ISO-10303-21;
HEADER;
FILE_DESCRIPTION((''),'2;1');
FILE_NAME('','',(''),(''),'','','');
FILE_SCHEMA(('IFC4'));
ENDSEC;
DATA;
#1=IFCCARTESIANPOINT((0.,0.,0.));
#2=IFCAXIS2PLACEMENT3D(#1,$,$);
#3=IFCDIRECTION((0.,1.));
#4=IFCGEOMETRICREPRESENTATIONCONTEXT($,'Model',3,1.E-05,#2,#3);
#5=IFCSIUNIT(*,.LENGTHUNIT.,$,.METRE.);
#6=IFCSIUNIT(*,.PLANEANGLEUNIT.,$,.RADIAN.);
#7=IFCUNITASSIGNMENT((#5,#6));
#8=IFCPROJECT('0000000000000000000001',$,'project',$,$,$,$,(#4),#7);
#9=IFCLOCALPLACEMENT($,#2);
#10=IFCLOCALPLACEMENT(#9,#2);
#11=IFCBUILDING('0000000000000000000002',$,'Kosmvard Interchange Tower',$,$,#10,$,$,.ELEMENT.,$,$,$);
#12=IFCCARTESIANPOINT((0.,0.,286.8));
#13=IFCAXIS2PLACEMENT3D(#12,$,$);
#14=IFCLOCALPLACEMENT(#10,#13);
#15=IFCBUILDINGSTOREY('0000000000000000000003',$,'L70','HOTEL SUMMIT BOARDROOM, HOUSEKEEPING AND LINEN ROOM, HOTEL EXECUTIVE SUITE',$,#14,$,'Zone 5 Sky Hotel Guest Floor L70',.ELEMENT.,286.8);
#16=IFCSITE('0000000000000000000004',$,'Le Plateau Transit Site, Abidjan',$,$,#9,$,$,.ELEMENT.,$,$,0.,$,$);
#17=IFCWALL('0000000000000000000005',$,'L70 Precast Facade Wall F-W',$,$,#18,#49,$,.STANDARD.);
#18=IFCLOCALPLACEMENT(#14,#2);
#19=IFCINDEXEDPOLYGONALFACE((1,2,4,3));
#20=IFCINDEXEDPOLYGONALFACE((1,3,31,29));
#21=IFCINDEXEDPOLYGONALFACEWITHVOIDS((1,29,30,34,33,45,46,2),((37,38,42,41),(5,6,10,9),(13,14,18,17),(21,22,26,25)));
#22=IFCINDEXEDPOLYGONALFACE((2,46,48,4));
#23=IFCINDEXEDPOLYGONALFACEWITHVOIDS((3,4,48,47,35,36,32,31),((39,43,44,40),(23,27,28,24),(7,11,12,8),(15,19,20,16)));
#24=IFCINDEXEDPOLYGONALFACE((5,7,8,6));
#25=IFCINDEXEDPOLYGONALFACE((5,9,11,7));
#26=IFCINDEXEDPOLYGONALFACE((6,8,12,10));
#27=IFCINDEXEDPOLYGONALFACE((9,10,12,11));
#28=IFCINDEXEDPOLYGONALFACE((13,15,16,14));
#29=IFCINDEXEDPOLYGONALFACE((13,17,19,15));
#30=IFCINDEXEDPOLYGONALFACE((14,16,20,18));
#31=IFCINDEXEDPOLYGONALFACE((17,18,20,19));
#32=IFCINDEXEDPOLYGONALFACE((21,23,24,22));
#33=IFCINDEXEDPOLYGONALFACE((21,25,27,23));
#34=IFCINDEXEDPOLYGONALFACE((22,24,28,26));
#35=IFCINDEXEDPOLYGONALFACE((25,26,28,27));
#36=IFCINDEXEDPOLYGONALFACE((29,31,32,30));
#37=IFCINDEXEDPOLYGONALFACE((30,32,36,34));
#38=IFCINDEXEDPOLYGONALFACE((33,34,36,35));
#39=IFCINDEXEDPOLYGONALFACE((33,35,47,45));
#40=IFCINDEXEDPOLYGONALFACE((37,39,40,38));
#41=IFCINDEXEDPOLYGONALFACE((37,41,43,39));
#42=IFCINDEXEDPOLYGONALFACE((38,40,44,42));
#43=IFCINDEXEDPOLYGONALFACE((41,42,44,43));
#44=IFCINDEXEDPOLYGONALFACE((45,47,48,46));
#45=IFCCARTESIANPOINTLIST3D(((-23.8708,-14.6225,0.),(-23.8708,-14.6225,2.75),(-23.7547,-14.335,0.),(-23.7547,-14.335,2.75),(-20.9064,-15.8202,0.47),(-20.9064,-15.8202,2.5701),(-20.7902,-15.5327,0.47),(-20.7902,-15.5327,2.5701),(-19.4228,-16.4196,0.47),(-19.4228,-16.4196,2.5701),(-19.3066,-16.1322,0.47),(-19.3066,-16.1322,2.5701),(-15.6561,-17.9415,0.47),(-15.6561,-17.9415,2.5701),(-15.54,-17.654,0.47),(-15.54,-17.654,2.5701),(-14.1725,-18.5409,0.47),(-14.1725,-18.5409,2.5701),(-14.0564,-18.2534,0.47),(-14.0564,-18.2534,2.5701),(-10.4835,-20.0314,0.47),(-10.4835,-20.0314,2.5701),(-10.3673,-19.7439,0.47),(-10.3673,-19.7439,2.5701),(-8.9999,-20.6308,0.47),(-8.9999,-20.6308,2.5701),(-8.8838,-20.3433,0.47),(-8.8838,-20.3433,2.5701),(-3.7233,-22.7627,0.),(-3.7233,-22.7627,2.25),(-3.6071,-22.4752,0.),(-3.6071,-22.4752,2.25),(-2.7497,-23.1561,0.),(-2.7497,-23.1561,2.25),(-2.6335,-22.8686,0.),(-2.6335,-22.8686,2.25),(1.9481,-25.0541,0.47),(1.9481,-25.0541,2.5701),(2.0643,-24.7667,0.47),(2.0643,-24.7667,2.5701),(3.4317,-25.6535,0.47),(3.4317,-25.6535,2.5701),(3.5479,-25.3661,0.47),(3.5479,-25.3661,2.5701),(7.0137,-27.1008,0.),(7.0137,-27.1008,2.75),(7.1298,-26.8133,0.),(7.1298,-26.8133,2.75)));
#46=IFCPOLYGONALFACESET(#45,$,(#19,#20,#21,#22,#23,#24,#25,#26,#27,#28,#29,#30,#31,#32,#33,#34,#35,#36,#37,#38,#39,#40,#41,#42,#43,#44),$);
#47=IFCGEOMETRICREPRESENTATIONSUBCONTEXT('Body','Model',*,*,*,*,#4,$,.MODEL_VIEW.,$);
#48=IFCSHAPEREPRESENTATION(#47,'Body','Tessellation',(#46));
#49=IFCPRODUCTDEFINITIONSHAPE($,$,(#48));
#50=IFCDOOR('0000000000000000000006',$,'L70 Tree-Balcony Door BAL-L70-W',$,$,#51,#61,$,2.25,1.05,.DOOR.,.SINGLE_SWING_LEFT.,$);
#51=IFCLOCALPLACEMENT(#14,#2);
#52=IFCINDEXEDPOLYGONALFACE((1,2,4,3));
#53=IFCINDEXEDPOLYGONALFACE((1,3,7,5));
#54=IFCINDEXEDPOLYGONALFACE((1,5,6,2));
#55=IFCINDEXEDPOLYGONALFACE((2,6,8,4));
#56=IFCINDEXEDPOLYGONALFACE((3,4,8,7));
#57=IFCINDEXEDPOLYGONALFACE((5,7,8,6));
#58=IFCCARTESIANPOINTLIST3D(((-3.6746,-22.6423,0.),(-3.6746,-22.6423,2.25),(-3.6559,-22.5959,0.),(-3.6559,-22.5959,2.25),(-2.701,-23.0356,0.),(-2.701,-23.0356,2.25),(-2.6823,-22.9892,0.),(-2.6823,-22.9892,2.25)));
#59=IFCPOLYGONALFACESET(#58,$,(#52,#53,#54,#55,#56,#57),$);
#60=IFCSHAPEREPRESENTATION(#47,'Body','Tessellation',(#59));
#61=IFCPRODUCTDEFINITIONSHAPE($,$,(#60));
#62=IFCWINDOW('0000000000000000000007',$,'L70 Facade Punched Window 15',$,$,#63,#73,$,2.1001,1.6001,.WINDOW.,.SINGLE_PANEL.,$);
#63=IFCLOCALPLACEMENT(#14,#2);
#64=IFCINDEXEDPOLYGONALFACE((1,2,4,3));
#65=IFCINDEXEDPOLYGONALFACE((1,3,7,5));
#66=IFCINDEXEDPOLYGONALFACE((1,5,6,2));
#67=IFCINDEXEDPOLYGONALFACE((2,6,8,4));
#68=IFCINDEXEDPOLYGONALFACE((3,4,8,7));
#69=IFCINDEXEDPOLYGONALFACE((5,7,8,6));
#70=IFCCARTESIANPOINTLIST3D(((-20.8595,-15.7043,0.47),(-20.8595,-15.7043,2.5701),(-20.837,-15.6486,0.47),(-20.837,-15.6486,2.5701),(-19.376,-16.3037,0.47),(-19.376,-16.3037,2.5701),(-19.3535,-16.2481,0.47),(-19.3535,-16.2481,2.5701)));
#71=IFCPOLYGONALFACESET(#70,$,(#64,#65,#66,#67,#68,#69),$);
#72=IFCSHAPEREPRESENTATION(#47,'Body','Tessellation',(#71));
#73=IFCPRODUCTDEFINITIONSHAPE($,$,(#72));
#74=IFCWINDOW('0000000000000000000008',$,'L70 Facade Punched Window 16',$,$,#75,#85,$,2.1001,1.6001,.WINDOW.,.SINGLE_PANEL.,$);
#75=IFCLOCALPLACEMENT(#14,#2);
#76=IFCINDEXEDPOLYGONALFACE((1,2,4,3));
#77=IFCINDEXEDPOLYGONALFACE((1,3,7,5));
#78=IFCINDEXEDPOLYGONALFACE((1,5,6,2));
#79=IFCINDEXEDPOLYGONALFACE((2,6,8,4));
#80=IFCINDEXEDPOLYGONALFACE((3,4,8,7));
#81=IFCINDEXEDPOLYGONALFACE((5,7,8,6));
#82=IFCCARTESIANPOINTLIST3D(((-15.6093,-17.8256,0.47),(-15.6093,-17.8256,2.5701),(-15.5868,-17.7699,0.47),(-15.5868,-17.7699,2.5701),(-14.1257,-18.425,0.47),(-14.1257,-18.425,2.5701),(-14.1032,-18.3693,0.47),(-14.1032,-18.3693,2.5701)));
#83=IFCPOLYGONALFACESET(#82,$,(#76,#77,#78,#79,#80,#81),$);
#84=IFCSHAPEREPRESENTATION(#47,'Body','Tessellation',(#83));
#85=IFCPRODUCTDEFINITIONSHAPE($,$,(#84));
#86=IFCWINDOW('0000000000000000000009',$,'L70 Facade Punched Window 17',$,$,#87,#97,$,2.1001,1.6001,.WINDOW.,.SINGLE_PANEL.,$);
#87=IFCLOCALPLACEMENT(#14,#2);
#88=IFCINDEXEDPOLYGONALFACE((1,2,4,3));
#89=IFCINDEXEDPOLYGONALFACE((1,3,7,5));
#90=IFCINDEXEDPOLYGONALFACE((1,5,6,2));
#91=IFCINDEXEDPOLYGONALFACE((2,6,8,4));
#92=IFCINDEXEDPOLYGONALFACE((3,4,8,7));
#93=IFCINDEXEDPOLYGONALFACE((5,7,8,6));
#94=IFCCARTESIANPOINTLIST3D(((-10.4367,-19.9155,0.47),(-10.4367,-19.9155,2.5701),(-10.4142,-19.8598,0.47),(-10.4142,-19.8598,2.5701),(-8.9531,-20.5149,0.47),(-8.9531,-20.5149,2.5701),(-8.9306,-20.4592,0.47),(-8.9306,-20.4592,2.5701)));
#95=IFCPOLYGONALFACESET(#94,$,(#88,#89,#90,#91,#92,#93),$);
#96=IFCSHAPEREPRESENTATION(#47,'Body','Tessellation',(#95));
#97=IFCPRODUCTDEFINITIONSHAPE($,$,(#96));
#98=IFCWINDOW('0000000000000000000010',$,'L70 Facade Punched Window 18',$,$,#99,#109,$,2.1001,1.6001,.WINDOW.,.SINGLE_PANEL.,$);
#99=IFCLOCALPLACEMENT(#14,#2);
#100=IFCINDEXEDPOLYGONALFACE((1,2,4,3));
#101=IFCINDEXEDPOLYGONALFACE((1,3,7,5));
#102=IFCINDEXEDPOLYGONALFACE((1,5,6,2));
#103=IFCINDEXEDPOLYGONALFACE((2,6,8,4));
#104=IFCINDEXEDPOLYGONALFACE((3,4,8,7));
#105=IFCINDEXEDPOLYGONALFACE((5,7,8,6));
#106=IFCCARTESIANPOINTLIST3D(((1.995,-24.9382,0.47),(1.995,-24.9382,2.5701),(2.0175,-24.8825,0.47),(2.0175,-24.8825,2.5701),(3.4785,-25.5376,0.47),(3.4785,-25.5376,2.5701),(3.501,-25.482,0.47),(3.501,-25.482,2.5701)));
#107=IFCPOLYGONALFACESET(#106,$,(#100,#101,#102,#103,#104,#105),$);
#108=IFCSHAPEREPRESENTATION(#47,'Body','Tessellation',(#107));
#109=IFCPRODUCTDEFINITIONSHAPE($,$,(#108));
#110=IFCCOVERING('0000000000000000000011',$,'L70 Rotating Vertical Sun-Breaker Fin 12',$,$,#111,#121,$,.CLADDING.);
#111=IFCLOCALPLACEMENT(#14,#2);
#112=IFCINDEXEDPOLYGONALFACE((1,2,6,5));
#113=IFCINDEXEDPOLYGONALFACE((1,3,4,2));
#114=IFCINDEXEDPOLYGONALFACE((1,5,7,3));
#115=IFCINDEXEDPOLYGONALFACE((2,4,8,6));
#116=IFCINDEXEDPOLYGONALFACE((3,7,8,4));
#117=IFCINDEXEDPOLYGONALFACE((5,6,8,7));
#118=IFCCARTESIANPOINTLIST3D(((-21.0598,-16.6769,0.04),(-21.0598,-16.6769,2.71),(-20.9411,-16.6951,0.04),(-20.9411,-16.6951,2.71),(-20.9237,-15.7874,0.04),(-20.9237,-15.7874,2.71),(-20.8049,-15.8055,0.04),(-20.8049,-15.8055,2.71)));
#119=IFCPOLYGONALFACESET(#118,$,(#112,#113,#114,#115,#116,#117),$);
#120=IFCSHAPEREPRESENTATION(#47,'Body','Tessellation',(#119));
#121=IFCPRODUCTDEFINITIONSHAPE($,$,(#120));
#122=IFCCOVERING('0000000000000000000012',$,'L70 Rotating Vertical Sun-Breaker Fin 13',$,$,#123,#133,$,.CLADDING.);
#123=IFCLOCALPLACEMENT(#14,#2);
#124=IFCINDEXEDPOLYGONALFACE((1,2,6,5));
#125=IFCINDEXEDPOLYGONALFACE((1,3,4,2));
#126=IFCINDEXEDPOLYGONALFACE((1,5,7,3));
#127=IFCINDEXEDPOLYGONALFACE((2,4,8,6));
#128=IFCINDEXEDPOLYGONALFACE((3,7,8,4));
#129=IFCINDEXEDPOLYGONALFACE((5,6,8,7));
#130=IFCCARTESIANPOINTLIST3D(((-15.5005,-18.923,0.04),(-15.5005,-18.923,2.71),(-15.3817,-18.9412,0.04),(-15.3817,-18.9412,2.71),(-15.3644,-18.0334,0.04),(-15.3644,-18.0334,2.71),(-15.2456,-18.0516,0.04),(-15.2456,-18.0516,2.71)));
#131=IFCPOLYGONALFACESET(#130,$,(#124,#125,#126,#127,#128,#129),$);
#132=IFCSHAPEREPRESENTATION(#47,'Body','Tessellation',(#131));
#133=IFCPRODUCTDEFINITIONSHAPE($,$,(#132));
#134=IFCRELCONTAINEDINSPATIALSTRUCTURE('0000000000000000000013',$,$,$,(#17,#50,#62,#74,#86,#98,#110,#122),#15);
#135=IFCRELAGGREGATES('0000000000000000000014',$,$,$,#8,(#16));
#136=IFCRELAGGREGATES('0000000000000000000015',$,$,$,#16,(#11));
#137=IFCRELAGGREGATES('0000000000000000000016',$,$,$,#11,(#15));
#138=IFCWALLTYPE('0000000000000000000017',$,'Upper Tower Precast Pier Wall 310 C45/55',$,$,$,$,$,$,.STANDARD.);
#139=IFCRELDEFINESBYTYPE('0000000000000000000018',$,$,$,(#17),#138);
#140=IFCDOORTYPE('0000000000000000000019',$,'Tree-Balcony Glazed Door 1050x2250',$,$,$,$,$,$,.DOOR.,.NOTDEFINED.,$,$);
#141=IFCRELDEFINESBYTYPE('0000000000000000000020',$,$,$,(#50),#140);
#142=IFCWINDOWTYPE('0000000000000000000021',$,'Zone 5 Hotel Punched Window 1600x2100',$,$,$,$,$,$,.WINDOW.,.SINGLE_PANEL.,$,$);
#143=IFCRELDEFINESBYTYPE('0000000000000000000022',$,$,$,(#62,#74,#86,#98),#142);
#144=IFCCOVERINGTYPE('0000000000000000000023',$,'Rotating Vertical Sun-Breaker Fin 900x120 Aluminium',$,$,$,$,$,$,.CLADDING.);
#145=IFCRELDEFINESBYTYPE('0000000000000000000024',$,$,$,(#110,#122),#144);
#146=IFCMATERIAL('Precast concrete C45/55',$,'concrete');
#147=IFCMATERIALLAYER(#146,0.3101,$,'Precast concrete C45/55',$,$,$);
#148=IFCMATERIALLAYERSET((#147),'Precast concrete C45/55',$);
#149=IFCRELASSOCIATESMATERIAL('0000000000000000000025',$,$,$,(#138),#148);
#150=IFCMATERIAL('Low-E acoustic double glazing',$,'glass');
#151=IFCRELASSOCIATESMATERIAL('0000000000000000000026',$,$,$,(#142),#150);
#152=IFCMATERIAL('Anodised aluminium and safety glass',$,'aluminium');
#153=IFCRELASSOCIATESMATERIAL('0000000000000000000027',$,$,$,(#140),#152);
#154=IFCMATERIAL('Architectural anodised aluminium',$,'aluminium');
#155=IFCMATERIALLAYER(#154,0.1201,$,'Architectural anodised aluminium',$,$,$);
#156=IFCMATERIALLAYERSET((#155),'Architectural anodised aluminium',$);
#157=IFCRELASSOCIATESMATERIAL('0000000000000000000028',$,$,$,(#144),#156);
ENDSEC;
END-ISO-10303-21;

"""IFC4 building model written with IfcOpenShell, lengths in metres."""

from ifc_helpers import new_model, si_unit, direction, frame, frame_2d, origin, origin_2d, place, context, subcontext, project, spatial, rectangle, extrude, source, transform, mapped, material, layer, layer_set, type_object, element, fill, save


model = new_model("IFC4")

# Units and contexts
model_context = context("Model", 3, precision=1e-05, world=origin(), true_north=direction((0.0, 1.0)))
body_context = subcontext(model_context, "Body", "Model", "MODEL_VIEW")
ifc_project = project(units=[si_unit("LENGTHUNIT", "METRE"), si_unit("PLANEANGLEUNIT", "RADIAN")], contexts=[model_context])

# Site, building, storey
site_placement = place(None, origin())
site = spatial("IfcSite", under=ifc_project, at=site_placement, Name="Le Plateau Transit Site, Abidjan", CompositionType="ELEMENT", RefElevation=0.0)
building_placement = place(site_placement, origin())
building = spatial("IfcBuilding", under=site, at=building_placement, Name="Kosmvard Interchange Tower", CompositionType="ELEMENT")
storey_placement = place(building_placement, frame((0.0, 0.0, 286.8)))
storey = spatial("IfcBuildingStorey", under=building, at=storey_placement, Name="L70", Description="HOTEL SUMMIT BOARDROOM, HOUSEKEEPING AND LINEN ROOM, HOTEL EXECUTIVE SUITE", LongName="Zone 5 Sky Hotel Guest Floor L70", CompositionType="ELEMENT", Elevation=286.8)

# Shared definitions
ifc_material_1 = material(Name="Precast concrete C45/55", Category="concrete")
ifc_layer_1 = layer(ifc_material_1, 0.3101, Name="Precast concrete C45/55")
ifc_layer_set_1 = layer_set([ifc_layer_1], Name="Precast concrete C45/55")
wall_type = type_object("IfcWallType", Name="Upper Tower Precast Pier Wall 310 C45/55", PredefinedType="STANDARD", material=ifc_layer_set_1)
ifc_material_2 = material(Name="Low-E acoustic double glazing", Category="glass")
window_type = type_object("IfcWindowType", Name="Zone 5 Hotel Punched Window 1600x2100", PartitioningType="SINGLE_PANEL", PredefinedType="WINDOW", material=ifc_material_2)
shared_shape_1 = source(origin(), body_context, "Body", "SweptSolid", [
    extrude(rectangle(XDim=1.6001, YDim=2.1001, at=frame_2d((0.8, 1.05))), frame((0.0, 0.03, 0.0), z_axis=(0.0, -1.0, 0.0), x_axis=(1.0, 0.0, 0.0)), (0.0, 0.0, 1.0), 0.0601),
])

# Wall, openings, door, windows
wall_1_placement = place(storey_placement, frame((-23.8127, -14.4788, 0.0), z_axis=(0.0, 0.0, 1.0), x_axis=(0.927183, -0.37461, 0.0)))
wall_1 = element("IfcWall", 1, at=wall_1_placement, inside=storey, type_object=wall_type, Name="L70 Precast Facade Wall F-W", PredefinedType="STANDARD", context=body_context, shape_type="SweptSolid", body=[
    extrude(rectangle(XDim=33.3101, YDim=0.3101, at=frame_2d((16.655, 0.0))), origin(), (0.0, 0.0, 1.0), 2.75),
])
opening_1_placement = place(wall_1_placement, frame((21.73, 0.0, 0.0)))
opening_1 = element("IfcOpeningElement", 2, at=opening_1_placement, cuts=wall_1, PredefinedType="OPENING", context=body_context, shape_type="SweptSolid", body=[
    extrude(rectangle(XDim=1.05, YDim=2.25, at=frame_2d((0.5249, 1.125))), frame((0.0, 0.165, 0.0), z_axis=(0.0, -1.0, 0.0), x_axis=(1.0, 0.0, 0.0)), (0.0, 0.0, 1.0), 0.3301),
])
opening_2_placement = place(wall_1_placement, frame((3.1973, 0.0, 0.47)))
opening_2 = element("IfcOpeningElement", 3, at=opening_2_placement, cuts=wall_1, PredefinedType="OPENING", context=body_context, shape_type="SweptSolid", body=[
    extrude(rectangle(XDim=1.6001, YDim=2.1001, at=frame_2d((0.8, 1.05))), frame((0.0, 0.165, 0.0), z_axis=(0.0, -1.0, 0.0), x_axis=(1.0, 0.0, 0.0)), (0.0, 0.0, 1.0), 0.3301),
])
opening_3_placement = place(wall_1_placement, frame((8.8599, 0.0, 0.47)))
opening_3 = element("IfcOpeningElement", 4, at=opening_3_placement, cuts=wall_1, PredefinedType="OPENING", context=body_context, shape_type="SweptSolid", body=[
    extrude(rectangle(XDim=1.6001, YDim=2.1001, at=frame_2d((0.8, 1.05))), frame((0.0, 0.165, 0.0), z_axis=(0.0, -1.0, 0.0), x_axis=(1.0, 0.0, 0.0)), (0.0, 0.0, 1.0), 0.3301),
])
opening_4_placement = place(wall_1_placement, frame((14.4387, 0.0, 0.47)))
opening_4 = element("IfcOpeningElement", 5, at=opening_4_placement, cuts=wall_1, PredefinedType="OPENING", context=body_context, shape_type="SweptSolid", body=[
    extrude(rectangle(XDim=1.6001, YDim=2.1001, at=frame_2d((0.8, 1.05))), frame((0.0, 0.165, 0.0), z_axis=(0.0, -1.0, 0.0), x_axis=(1.0, 0.0, 0.0)), (0.0, 0.0, 1.0), 0.3301),
])
opening_5_placement = place(wall_1_placement, frame((27.8467, 0.0, 0.47)))
opening_5 = element("IfcOpeningElement", 6, at=opening_5_placement, cuts=wall_1, PredefinedType="OPENING", context=body_context, shape_type="SweptSolid", body=[
    extrude(rectangle(XDim=1.6001, YDim=2.1001, at=frame_2d((0.8, 1.05))), frame((0.0, 0.165, 0.0), z_axis=(0.0, -1.0, 0.0), x_axis=(1.0, 0.0, 0.0)), (0.0, 0.0, 1.0), 0.3301),
])
ifc_material_3 = material(Name="Anodised aluminium and safety glass", Category="aluminium")
door_type = type_object("IfcDoorType", Name="Tree-Balcony Glazed Door 1050x2250", OperationType="NOTDEFINED", PredefinedType="DOOR", material=ifc_material_3)
shared_shape_2 = source(origin(), body_context, "Body", "SweptSolid", [
    extrude(rectangle(XDim=1.05, YDim=2.25, at=frame_2d((0.5249, 1.125))), frame((0.0, 0.0249, 0.0), z_axis=(0.0, -1.0, 0.0), x_axis=(1.0, 0.0, 0.0)), (0.0, 0.0, 1.0), 0.05),
])
door_placement = place(opening_1_placement, origin())
door = element("IfcDoor", 7, at=door_placement, inside=storey, type_object=door_type, Name="L70 Tree-Balcony Door BAL-L70-W", OperationType="SINGLE_SWING_LEFT", OverallHeight=2.25, OverallWidth=1.05, PredefinedType="DOOR", context=body_context, shape_type="MappedRepresentation", body=[
    mapped(shared_shape_2, transform((0.0, 0.0, 0.0), scale=1.0)),
])
fill(opening_1, door)
window_1_placement = place(opening_2_placement, origin())
window_1 = element("IfcWindow", 8, at=window_1_placement, inside=storey, type_object=window_type, Name="L70 Facade Punched Window 15", OverallHeight=2.1001, OverallWidth=1.6001, PartitioningType="SINGLE_PANEL", PredefinedType="WINDOW", context=body_context, shape_type="MappedRepresentation", body=[
    mapped(shared_shape_1, transform((0.0, 0.0, 0.0), scale=1.0)),
])
fill(opening_2, window_1)
window_2_placement = place(opening_3_placement, origin())
window_2 = element("IfcWindow", 9, at=window_2_placement, inside=storey, type_object=window_type, Name="L70 Facade Punched Window 16", OverallHeight=2.1001, OverallWidth=1.6001, PartitioningType="SINGLE_PANEL", PredefinedType="WINDOW", context=body_context, shape_type="MappedRepresentation", body=[
    mapped(shared_shape_1, transform((0.0, 0.0, 0.0), scale=1.0)),
])
fill(opening_3, window_2)
window_3_placement = place(opening_4_placement, origin())
window_3 = element("IfcWindow", 10, at=window_3_placement, inside=storey, type_object=window_type, Name="L70 Facade Punched Window 17", OverallHeight=2.1001, OverallWidth=1.6001, PartitioningType="SINGLE_PANEL", PredefinedType="WINDOW", context=body_context, shape_type="MappedRepresentation", body=[
    mapped(shared_shape_1, transform((0.0, 0.0, 0.0), scale=1.0)),
])
fill(opening_4, window_3)
window_4_placement = place(opening_5_placement, origin())
window_4 = element("IfcWindow", 11, at=window_4_placement, inside=storey, type_object=window_type, Name="L70 Facade Punched Window 18", OverallHeight=2.1001, OverallWidth=1.6001, PartitioningType="SINGLE_PANEL", PredefinedType="WINDOW", context=body_context, shape_type="MappedRepresentation", body=[
    mapped(shared_shape_1, transform((0.0, 0.0, 0.0), scale=1.0)),
])
fill(opening_5, window_4)

# Coverings
ifc_material_4 = material(Name="Architectural anodised aluminium", Category="aluminium")
ifc_layer_2 = layer(ifc_material_4, 0.1201, Name="Architectural anodised aluminium")
ifc_layer_set_2 = layer_set([ifc_layer_2], Name="Architectural anodised aluminium")
covering_type = type_object("IfcCoveringType", Name="Rotating Vertical Sun-Breaker Fin 900x120 Aluminium", PredefinedType="CLADDING", material=ifc_layer_set_2)
shared_shape_3 = source(origin(), body_context, "Body", "SweptSolid", [
    extrude(rectangle(XDim=0.8999, YDim=0.1201, at=origin_2d()), origin(), (0.0, 0.0, 1.0), 2.6699),
])
for number, where, z_axis, x_axis, name in (
    (12, (-20.9324, -16.2412, 0.04), (0.0, 0.0, 1.0), (-0.151261, -0.988494, 0.0), "L70 Rotating Vertical Sun-Breaker Fin 12"),
    (13, (-15.373, -18.4873, 0.04), (0.0, 0.0, 1.0), (-0.151261, -0.988494, 0.0), "L70 Rotating Vertical Sun-Breaker Fin 13"),
):
    element("IfcCovering", number, at=place(storey_placement, frame(where, z_axis=z_axis, x_axis=x_axis)), inside=storey, type_object=covering_type, Name=name, PredefinedType="CLADDING", context=body_context, shape_type="MappedRepresentation", body=[
        mapped(shared_shape_3, transform((0.0, 0.0, 0.0), scale=1.0)),
    ])

save(model, "model.ifc")
